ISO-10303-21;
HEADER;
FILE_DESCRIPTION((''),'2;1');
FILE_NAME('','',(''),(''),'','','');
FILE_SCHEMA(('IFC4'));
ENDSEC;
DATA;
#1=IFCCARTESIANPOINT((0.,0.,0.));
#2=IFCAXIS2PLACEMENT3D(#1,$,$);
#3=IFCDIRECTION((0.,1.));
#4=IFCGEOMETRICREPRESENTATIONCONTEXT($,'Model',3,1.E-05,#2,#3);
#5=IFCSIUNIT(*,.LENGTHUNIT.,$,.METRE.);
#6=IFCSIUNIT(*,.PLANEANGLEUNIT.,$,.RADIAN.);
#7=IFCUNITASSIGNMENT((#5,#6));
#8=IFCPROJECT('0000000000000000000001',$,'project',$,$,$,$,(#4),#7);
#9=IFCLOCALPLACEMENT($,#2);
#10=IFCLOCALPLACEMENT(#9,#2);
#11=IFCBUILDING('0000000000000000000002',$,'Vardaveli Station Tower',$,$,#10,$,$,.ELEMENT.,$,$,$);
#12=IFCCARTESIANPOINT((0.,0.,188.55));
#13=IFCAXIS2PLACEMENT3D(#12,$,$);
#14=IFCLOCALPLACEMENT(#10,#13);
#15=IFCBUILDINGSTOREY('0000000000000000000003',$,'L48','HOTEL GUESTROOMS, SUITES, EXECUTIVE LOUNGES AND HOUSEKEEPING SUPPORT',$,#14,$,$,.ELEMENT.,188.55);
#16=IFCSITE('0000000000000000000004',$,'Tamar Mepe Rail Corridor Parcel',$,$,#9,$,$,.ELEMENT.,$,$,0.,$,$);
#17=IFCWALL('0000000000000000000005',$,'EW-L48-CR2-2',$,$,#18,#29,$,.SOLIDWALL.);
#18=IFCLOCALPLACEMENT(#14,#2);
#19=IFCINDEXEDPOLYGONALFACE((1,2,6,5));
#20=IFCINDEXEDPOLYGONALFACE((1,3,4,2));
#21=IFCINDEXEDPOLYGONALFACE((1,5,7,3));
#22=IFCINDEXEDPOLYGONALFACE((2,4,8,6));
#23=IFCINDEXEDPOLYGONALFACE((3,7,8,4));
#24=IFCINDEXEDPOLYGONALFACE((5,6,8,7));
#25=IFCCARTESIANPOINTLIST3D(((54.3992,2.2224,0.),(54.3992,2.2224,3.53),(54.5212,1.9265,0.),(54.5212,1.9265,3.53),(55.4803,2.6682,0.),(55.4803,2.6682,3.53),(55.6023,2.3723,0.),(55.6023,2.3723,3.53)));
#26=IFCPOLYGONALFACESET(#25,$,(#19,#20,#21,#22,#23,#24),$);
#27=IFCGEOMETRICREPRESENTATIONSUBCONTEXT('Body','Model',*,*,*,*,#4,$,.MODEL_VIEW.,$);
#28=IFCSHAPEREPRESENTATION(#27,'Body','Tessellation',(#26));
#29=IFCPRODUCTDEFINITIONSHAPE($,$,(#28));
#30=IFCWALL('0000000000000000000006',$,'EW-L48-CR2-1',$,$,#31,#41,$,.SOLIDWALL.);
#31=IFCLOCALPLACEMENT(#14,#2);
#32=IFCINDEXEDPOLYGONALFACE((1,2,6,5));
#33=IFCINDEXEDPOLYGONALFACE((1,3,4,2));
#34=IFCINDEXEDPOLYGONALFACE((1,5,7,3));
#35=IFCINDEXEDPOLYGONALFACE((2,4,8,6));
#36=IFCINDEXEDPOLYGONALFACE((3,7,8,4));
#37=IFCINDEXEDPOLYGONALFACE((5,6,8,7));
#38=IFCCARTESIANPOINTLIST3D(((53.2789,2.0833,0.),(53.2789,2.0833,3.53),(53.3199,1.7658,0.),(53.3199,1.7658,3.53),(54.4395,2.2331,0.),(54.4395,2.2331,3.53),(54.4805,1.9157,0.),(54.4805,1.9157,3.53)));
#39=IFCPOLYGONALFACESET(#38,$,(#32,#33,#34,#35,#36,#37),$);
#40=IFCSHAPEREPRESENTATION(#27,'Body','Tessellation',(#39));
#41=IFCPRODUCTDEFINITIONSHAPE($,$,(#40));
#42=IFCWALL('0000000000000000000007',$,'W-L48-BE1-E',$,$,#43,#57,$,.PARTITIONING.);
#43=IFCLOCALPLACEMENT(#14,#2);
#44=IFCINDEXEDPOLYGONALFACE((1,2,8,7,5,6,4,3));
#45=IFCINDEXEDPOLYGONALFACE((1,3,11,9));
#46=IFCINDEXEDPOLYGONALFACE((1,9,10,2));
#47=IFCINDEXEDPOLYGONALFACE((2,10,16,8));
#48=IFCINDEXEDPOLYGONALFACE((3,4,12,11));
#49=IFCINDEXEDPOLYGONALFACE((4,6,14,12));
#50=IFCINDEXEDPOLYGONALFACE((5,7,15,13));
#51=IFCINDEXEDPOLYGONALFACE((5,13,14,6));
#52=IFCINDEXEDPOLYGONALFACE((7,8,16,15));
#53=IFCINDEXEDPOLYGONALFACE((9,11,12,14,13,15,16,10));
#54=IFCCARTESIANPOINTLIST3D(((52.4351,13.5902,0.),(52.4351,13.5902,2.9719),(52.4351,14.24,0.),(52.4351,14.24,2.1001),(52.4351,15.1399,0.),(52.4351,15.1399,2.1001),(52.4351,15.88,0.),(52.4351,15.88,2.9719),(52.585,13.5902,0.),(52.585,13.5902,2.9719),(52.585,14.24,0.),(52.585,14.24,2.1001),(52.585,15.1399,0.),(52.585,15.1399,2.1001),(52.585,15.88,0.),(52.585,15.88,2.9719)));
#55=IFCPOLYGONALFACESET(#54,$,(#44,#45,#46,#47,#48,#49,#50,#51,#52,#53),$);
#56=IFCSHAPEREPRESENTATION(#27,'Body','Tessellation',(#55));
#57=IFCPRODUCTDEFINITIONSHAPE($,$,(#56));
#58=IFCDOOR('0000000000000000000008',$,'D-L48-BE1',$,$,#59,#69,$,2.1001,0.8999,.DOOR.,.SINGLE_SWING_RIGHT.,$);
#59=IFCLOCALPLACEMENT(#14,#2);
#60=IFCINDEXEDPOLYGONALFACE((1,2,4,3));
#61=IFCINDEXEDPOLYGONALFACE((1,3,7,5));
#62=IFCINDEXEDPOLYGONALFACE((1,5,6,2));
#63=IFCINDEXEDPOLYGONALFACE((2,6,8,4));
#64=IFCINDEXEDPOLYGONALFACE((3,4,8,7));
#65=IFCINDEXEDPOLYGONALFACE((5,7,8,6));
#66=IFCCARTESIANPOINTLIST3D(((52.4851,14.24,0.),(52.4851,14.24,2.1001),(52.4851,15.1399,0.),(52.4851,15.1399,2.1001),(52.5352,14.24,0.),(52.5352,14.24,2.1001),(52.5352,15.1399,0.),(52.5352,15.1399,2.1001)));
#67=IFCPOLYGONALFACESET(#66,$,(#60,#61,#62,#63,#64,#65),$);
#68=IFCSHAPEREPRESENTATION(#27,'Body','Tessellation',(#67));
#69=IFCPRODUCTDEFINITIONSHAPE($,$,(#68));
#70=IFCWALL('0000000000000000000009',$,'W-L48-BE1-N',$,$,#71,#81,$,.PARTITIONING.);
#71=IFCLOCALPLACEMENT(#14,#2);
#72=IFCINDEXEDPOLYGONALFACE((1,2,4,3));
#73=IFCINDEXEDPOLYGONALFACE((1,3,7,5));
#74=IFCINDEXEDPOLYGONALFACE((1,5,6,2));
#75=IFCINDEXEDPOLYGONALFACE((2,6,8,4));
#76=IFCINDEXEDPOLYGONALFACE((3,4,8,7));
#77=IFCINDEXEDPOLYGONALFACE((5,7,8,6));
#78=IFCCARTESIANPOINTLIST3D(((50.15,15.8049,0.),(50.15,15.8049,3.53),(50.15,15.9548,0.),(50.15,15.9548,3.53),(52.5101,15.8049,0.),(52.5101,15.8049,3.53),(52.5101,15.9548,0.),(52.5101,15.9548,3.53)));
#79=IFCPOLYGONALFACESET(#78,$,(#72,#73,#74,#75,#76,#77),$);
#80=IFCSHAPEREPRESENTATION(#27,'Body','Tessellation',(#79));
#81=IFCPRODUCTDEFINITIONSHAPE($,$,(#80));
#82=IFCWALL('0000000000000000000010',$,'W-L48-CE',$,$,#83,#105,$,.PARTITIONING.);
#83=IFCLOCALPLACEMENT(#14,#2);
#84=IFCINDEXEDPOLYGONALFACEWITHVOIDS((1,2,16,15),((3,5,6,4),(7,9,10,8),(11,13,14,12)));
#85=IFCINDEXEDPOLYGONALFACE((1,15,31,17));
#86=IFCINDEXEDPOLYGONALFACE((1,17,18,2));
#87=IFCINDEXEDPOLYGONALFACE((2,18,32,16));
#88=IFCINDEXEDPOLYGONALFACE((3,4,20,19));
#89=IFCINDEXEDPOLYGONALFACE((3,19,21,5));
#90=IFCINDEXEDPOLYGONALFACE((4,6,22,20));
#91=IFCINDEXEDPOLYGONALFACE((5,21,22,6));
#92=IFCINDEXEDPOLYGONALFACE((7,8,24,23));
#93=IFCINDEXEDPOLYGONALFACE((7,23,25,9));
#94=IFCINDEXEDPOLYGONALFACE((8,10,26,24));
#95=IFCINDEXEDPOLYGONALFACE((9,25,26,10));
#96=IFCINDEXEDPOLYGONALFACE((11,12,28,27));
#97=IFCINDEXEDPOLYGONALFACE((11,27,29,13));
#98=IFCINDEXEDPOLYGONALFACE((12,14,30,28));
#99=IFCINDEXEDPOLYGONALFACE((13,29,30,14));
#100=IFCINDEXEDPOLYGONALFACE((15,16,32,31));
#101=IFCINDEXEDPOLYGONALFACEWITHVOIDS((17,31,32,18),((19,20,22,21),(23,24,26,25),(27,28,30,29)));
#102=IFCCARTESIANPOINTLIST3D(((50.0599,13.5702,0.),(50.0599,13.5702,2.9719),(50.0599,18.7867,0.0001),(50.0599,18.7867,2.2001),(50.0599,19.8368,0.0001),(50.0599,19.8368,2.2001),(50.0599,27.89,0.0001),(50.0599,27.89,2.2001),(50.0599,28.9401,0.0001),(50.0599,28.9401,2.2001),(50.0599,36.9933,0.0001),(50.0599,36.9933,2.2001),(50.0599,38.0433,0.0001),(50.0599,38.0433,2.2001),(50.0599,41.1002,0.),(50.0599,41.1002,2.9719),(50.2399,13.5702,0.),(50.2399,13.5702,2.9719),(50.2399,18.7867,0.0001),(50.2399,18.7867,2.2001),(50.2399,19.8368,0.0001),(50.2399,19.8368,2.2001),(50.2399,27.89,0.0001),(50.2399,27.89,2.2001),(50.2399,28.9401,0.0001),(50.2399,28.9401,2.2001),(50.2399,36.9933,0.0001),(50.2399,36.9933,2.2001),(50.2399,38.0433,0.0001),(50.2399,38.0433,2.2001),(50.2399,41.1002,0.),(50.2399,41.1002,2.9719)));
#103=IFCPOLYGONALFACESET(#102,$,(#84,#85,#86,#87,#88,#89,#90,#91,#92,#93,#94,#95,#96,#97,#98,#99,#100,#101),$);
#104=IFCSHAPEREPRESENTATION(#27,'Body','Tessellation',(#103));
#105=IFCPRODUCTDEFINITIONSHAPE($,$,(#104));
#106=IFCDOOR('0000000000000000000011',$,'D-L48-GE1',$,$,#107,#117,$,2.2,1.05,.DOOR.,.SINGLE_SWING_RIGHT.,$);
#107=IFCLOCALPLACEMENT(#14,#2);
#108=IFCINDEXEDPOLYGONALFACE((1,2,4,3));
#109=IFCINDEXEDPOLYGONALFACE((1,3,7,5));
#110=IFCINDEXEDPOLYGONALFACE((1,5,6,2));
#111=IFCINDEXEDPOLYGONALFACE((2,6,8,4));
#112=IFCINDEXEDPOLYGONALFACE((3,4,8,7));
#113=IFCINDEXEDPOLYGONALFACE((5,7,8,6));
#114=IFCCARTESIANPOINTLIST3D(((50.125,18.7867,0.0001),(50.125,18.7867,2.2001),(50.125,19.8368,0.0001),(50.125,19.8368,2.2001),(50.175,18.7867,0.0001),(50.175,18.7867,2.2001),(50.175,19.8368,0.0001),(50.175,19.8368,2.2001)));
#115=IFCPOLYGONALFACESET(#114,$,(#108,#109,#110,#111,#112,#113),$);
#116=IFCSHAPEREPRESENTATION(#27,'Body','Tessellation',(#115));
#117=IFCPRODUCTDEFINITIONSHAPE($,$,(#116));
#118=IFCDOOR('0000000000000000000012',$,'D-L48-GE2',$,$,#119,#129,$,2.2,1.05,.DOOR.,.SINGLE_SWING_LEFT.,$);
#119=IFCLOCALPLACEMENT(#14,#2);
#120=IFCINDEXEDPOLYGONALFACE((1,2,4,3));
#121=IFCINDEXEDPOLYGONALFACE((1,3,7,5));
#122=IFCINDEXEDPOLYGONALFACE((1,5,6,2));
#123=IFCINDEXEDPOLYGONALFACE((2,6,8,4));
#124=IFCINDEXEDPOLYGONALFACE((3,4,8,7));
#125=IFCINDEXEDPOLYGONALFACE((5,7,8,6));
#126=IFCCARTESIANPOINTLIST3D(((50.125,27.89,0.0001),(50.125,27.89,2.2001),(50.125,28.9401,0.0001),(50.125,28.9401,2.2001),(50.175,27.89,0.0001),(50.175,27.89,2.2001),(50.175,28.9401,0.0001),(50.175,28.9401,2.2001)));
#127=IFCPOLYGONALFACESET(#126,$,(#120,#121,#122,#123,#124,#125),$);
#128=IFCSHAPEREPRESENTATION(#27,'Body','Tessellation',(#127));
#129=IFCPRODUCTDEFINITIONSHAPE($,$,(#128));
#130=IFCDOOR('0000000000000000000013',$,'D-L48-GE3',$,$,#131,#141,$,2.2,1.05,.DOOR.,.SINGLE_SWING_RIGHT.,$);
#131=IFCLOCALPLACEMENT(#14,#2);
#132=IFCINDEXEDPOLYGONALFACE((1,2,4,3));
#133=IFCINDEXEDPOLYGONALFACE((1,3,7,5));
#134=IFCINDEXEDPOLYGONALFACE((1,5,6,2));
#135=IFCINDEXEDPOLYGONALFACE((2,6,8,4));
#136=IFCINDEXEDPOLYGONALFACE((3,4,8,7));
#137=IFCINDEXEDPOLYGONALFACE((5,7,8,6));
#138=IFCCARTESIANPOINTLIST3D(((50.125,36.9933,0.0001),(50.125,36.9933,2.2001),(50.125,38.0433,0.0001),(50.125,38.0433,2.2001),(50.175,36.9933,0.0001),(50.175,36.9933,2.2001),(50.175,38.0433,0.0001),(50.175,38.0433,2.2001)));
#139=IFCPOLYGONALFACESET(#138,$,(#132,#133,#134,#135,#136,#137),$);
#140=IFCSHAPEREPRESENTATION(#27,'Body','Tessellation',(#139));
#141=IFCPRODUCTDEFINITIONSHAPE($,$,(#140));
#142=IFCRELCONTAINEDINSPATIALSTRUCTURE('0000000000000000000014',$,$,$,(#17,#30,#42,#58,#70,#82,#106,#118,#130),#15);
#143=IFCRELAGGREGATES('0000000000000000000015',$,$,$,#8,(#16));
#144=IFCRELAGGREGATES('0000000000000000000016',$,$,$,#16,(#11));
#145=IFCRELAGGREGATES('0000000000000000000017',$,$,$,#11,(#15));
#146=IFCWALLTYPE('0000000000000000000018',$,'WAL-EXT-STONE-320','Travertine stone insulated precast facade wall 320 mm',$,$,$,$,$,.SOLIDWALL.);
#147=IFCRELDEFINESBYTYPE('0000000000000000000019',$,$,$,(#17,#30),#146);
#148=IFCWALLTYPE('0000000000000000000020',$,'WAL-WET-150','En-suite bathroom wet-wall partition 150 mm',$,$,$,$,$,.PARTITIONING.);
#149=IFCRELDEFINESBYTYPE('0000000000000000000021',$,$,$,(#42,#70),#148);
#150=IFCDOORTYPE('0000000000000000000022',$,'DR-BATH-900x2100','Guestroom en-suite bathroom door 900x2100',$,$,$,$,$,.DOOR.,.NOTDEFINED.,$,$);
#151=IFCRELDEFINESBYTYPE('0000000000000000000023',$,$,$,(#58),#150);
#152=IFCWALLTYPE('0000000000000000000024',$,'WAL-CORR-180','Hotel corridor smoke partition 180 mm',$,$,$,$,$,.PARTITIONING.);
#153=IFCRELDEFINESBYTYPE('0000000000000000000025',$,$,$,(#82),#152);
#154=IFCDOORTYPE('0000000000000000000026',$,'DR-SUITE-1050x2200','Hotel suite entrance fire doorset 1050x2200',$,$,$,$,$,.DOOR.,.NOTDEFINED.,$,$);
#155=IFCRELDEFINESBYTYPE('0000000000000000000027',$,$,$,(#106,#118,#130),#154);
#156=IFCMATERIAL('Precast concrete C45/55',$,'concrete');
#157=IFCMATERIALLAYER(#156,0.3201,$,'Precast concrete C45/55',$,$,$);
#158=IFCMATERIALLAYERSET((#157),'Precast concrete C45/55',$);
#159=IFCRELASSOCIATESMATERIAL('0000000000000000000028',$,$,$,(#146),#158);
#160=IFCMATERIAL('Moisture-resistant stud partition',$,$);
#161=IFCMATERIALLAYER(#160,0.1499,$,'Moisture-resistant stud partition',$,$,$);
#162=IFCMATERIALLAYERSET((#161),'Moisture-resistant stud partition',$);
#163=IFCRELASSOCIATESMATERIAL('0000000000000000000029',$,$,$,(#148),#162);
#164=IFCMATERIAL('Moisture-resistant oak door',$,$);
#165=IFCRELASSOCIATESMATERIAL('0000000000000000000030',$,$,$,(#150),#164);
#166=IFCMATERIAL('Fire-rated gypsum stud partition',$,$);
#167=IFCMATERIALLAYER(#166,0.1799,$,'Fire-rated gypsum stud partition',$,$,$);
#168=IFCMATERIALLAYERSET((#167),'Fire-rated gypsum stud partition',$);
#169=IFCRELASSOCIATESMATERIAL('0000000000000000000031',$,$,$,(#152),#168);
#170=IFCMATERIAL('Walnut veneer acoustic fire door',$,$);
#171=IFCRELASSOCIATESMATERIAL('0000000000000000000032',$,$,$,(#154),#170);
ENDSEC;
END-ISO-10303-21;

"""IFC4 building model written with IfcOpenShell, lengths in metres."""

from ifc_helpers import new_model, si_unit, direction, frame, frame_2d, origin, place, context, subcontext, project, spatial, rectangle, extrude, source, transform, mapped, material, layer, layer_set, type_object, element, fill, save


model = new_model("IFC4")

# Units and contexts
model_context = context("Model", 3, precision=1e-05, world=origin(), true_north=direction((0.0, 1.0)))
body_context = subcontext(model_context, "Body", "Model", "MODEL_VIEW")
ifc_project = project(units=[si_unit("LENGTHUNIT", "METRE"), si_unit("PLANEANGLEUNIT", "RADIAN")], contexts=[model_context])

# Site, building, storey
site_placement = place(None, origin())
site = spatial("IfcSite", under=ifc_project, at=site_placement, Name="Tamar Mepe Rail Corridor Parcel", CompositionType="ELEMENT", RefElevation=0.0)
building_placement = place(site_placement, origin())
building = spatial("IfcBuilding", under=site, at=building_placement, Name="Vardaveli Station Tower", CompositionType="ELEMENT")
storey_placement = place(building_placement, frame((0.0, 0.0, 188.55)))
storey = spatial("IfcBuildingStorey", under=building, at=storey_placement, Name="L48", Description="HOTEL GUESTROOMS, SUITES, EXECUTIVE LOUNGES AND HOUSEKEEPING SUPPORT", CompositionType="ELEMENT", Elevation=188.55)

# Shared definitions
ifc_material_1 = material(Name="Precast concrete C45/55", Category="concrete")

# Shared definitions
ifc_layer_1 = layer(ifc_material_1, 0.3201, Name="Precast concrete C45/55")
ifc_layer_set_1 = layer_set([ifc_layer_1], Name="Precast concrete C45/55")
wall_type_1 = type_object("IfcWallType", Name="WAL-EXT-STONE-320", Description="Travertine stone insulated precast facade wall 320 mm", PredefinedType="SOLIDWALL", material=ifc_layer_set_1)

# Walls
shared_shape_1 = source(origin(), body_context, "Body", "SweptSolid", [
    extrude(rectangle(XDim=1.1694, YDim=0.3201, at=frame_2d((0.5847, 0.0))), origin(), (0.0, 0.0, 1.0), 3.53),
])
wall_1_placement = place(storey_placement, frame((54.4602, 2.0745, 0.0), z_axis=(0.0, 0.0, 1.0), x_axis=(0.924479, 0.381233, 0.0)))
element("IfcWall", 1, at=wall_1_placement, inside=storey, type_object=wall_type_1, Name="EW-L48-CR2-2", PredefinedType="SOLIDWALL", context=body_context, shape_type="MappedRepresentation", body=[
    mapped(shared_shape_1, transform((0.0, 0.0, 0.0), scale=1.0)),
])
shared_shape_2 = source(origin(), body_context, "Body", "SweptSolid", [
    extrude(rectangle(XDim=1.1702, YDim=0.3201, at=frame_2d((0.585, 0.0))), origin(), (0.0, 0.0, 1.0), 3.53),
])
wall_2_placement = place(storey_placement, frame((53.2996, 1.9246, 0.0), z_axis=(0.0, 0.0, 1.0), x_axis=(0.991762, 0.12809, 0.0)))
element("IfcWall", 2, at=wall_2_placement, inside=storey, type_object=wall_type_1, Name="EW-L48-CR2-1", PredefinedType="SOLIDWALL", context=body_context, shape_type="MappedRepresentation", body=[
    mapped(shared_shape_2, transform((0.0, 0.0, 0.0), scale=1.0)),
])

# Wall, opening, door
ifc_material_2 = material(Name="Moisture-resistant stud partition")
ifc_layer_2 = layer(ifc_material_2, 0.1499, Name="Moisture-resistant stud partition")
ifc_layer_set_2 = layer_set([ifc_layer_2], Name="Moisture-resistant stud partition")
wall_type_2 = type_object("IfcWallType", Name="WAL-WET-150", Description="En-suite bathroom wet-wall partition 150 mm", PredefinedType="PARTITIONING", material=ifc_layer_set_2)
shared_shape_3 = source(origin(), body_context, "Body", "SweptSolid", [
    extrude(rectangle(XDim=2.2898, YDim=0.1499, at=frame_2d((1.145, 0.0))), origin(), (0.0, 0.0, 1.0), 2.9719),
])
wall_3_placement = place(storey_placement, frame((52.51, 13.5901, 0.0), z_axis=(0.0, 0.0, 1.0), x_axis=(0.0, 1.0, 0.0)))
wall_3 = element("IfcWall", 3, at=wall_3_placement, inside=storey, type_object=wall_type_2, Name="W-L48-BE1-E", PredefinedType="PARTITIONING", context=body_context, shape_type="MappedRepresentation", body=[
    mapped(shared_shape_3, transform((0.0, 0.0, 0.0), scale=1.0)),
])
shared_shape_4 = source(origin(), body_context, "Body", "SweptSolid", [
    extrude(rectangle(XDim=0.8999, YDim=2.1001, at=frame_2d((0.45, 1.05))), frame((0.0, 0.085, 0.0), z_axis=(0.0, -1.0, 0.0), x_axis=(1.0, 0.0, 0.0)), (0.0, 0.0, 1.0), 0.1699),
])
opening_1_placement = place(wall_3_placement, frame((0.6499, 0.0, 0.0)))
opening_1 = element("IfcOpeningElement", 4, at=opening_1_placement, cuts=wall_3, PredefinedType="OPENING", context=body_context, shape_type="MappedRepresentation", body=[
    mapped(shared_shape_4, transform((0.0, 0.0, 0.0), scale=1.0)),
])
ifc_material_3 = material(Name="Moisture-resistant oak door")
door_type_1 = type_object("IfcDoorType", Name="DR-BATH-900x2100", Description="Guestroom en-suite bathroom door 900x2100", OperationType="NOTDEFINED", PredefinedType="DOOR", material=ifc_material_3)
shared_shape_5 = source(origin(), body_context, "Body", "SweptSolid", [
    extrude(rectangle(XDim=0.8999, YDim=2.1001, at=frame_2d((0.45, 1.05))), frame((0.0, 0.0249, 0.0), z_axis=(0.0, -1.0, 0.0), x_axis=(1.0, 0.0, 0.0)), (0.0, 0.0, 1.0), 0.05),
])
door_1_placement = place(opening_1_placement, origin())
door_1 = element("IfcDoor", 5, at=door_1_placement, inside=storey, type_object=door_type_1, Name="D-L48-BE1", OperationType="SINGLE_SWING_RIGHT", OverallHeight=2.1001, OverallWidth=0.8999, PredefinedType="DOOR", context=body_context, shape_type="MappedRepresentation", body=[
    mapped(shared_shape_5, transform((0.0, 0.0, 0.0), scale=1.0)),
])
fill(opening_1, door_1)

# Wall
shared_shape_6 = source(origin(), body_context, "Body", "SweptSolid", [
    extrude(rectangle(XDim=2.3601, YDim=0.1499, at=frame_2d((1.1802, 0.0))), origin(), (0.0, 0.0, 1.0), 3.53),
])
wall_4_placement = place(storey_placement, frame((50.1499, 15.8799, 0.0), z_axis=(0.0, 0.0, 1.0), x_axis=(1.0, 0.0, 0.0)))
element("IfcWall", 6, at=wall_4_placement, inside=storey, type_object=wall_type_2, Name="W-L48-BE1-N", PredefinedType="PARTITIONING", context=body_context, shape_type="MappedRepresentation", body=[
    mapped(shared_shape_6, transform((0.0, 0.0, 0.0), scale=1.0)),
])

# Wall, openings, doors
ifc_material_4 = material(Name="Fire-rated gypsum stud partition")
ifc_layer_3 = layer(ifc_material_4, 0.1799, Name="Fire-rated gypsum stud partition")
ifc_layer_set_3 = layer_set([ifc_layer_3], Name="Fire-rated gypsum stud partition")
wall_type_3 = type_object("IfcWallType", Name="WAL-CORR-180", Description="Hotel corridor smoke partition 180 mm", PredefinedType="PARTITIONING", material=ifc_layer_set_3)
shared_shape_7 = source(origin(), body_context, "Body", "SweptSolid", [
    extrude(rectangle(XDim=27.53, YDim=0.1799, at=frame_2d((13.7651, 0.0))), origin(), (0.0, 0.0, 1.0), 2.9719),
])
wall_5_placement = place(storey_placement, frame((50.1499, 13.5701, 0.0), z_axis=(0.0, 0.0, 1.0), x_axis=(0.0, 1.0, 0.0)))
wall_5 = element("IfcWall", 7, at=wall_5_placement, inside=storey, type_object=wall_type_3, Name="W-L48-CE", PredefinedType="PARTITIONING", context=body_context, shape_type="MappedRepresentation", body=[
    mapped(shared_shape_7, transform((0.0, 0.0, 0.0), scale=1.0)),
])
shared_shape_8 = source(origin(), body_context, "Body", "SweptSolid", [
    extrude(rectangle(XDim=1.05, YDim=2.2, at=frame_2d((0.5249, 1.1001))), frame((0.0, 0.1001, 0.0), z_axis=(0.0, -1.0, 0.0), x_axis=(1.0, 0.0, 0.0)), (0.0, 0.0, 1.0), 0.2),
])
opening_2_placement = place(wall_5_placement, frame((5.2168, 0.0, 0.0)))
opening_2 = element("IfcOpeningElement", 8, at=opening_2_placement, cuts=wall_5, PredefinedType="OPENING", context=body_context, shape_type="MappedRepresentation", body=[
    mapped(shared_shape_8, transform((0.0, 0.0, 0.0), scale=1.0)),
])
opening_3_placement = place(wall_5_placement, frame((14.3201, 0.0, 0.0)))
opening_3 = element("IfcOpeningElement", 9, at=opening_3_placement, cuts=wall_5, PredefinedType="OPENING", context=body_context, shape_type="MappedRepresentation", body=[
    mapped(shared_shape_8, transform((0.0, 0.0, 0.0), scale=1.0)),
])
opening_4_placement = place(wall_5_placement, frame((23.4233, 0.0, 0.0)))
opening_4 = element("IfcOpeningElement", 10, at=opening_4_placement, cuts=wall_5, PredefinedType="OPENING", context=body_context, shape_type="MappedRepresentation", body=[
    mapped(shared_shape_8, transform((0.0, 0.0, 0.0), scale=1.0)),
])
ifc_material_5 = material(Name="Walnut veneer acoustic fire door")
door_type_2 = type_object("IfcDoorType", Name="DR-SUITE-1050x2200", Description="Hotel suite entrance fire doorset 1050x2200", OperationType="NOTDEFINED", PredefinedType="DOOR", material=ifc_material_5)
shared_shape_9 = source(origin(), body_context, "Body", "SweptSolid", [
    extrude(rectangle(XDim=1.05, YDim=2.2, at=frame_2d((0.5249, 1.1001))), frame((0.0, 0.0249, 0.0), z_axis=(0.0, -1.0, 0.0), x_axis=(1.0, 0.0, 0.0)), (0.0, 0.0, 1.0), 0.05),
])
door_2_placement = place(opening_2_placement, origin())
door_2 = element("IfcDoor", 11, at=door_2_placement, inside=storey, type_object=door_type_2, Name="D-L48-GE1", OperationType="SINGLE_SWING_RIGHT", OverallHeight=2.2, OverallWidth=1.05, PredefinedType="DOOR", context=body_context, shape_type="MappedRepresentation", body=[
    mapped(shared_shape_9, transform((0.0, 0.0, 0.0), scale=1.0)),
])
fill(opening_2, door_2)
door_3_placement = place(opening_3_placement, origin())
door_3 = element("IfcDoor", 12, at=door_3_placement, inside=storey, type_object=door_type_2, Name="D-L48-GE2", OperationType="SINGLE_SWING_LEFT", OverallHeight=2.2, OverallWidth=1.05, PredefinedType="DOOR", context=body_context, shape_type="MappedRepresentation", body=[
    mapped(shared_shape_9, transform((0.0, 0.0, 0.0), scale=1.0)),
])
fill(opening_3, door_3)
door_4_placement = place(opening_4_placement, origin())
door_4 = element("IfcDoor", 13, at=door_4_placement, inside=storey, type_object=door_type_2, Name="D-L48-GE3", OperationType="SINGLE_SWING_RIGHT", OverallHeight=2.2, OverallWidth=1.05, PredefinedType="DOOR", context=body_context, shape_type="MappedRepresentation", body=[
    mapped(shared_shape_9, transform((0.0, 0.0, 0.0), scale=1.0)),
])
fill(opening_4, door_4)

save(model, "model.ifc")
